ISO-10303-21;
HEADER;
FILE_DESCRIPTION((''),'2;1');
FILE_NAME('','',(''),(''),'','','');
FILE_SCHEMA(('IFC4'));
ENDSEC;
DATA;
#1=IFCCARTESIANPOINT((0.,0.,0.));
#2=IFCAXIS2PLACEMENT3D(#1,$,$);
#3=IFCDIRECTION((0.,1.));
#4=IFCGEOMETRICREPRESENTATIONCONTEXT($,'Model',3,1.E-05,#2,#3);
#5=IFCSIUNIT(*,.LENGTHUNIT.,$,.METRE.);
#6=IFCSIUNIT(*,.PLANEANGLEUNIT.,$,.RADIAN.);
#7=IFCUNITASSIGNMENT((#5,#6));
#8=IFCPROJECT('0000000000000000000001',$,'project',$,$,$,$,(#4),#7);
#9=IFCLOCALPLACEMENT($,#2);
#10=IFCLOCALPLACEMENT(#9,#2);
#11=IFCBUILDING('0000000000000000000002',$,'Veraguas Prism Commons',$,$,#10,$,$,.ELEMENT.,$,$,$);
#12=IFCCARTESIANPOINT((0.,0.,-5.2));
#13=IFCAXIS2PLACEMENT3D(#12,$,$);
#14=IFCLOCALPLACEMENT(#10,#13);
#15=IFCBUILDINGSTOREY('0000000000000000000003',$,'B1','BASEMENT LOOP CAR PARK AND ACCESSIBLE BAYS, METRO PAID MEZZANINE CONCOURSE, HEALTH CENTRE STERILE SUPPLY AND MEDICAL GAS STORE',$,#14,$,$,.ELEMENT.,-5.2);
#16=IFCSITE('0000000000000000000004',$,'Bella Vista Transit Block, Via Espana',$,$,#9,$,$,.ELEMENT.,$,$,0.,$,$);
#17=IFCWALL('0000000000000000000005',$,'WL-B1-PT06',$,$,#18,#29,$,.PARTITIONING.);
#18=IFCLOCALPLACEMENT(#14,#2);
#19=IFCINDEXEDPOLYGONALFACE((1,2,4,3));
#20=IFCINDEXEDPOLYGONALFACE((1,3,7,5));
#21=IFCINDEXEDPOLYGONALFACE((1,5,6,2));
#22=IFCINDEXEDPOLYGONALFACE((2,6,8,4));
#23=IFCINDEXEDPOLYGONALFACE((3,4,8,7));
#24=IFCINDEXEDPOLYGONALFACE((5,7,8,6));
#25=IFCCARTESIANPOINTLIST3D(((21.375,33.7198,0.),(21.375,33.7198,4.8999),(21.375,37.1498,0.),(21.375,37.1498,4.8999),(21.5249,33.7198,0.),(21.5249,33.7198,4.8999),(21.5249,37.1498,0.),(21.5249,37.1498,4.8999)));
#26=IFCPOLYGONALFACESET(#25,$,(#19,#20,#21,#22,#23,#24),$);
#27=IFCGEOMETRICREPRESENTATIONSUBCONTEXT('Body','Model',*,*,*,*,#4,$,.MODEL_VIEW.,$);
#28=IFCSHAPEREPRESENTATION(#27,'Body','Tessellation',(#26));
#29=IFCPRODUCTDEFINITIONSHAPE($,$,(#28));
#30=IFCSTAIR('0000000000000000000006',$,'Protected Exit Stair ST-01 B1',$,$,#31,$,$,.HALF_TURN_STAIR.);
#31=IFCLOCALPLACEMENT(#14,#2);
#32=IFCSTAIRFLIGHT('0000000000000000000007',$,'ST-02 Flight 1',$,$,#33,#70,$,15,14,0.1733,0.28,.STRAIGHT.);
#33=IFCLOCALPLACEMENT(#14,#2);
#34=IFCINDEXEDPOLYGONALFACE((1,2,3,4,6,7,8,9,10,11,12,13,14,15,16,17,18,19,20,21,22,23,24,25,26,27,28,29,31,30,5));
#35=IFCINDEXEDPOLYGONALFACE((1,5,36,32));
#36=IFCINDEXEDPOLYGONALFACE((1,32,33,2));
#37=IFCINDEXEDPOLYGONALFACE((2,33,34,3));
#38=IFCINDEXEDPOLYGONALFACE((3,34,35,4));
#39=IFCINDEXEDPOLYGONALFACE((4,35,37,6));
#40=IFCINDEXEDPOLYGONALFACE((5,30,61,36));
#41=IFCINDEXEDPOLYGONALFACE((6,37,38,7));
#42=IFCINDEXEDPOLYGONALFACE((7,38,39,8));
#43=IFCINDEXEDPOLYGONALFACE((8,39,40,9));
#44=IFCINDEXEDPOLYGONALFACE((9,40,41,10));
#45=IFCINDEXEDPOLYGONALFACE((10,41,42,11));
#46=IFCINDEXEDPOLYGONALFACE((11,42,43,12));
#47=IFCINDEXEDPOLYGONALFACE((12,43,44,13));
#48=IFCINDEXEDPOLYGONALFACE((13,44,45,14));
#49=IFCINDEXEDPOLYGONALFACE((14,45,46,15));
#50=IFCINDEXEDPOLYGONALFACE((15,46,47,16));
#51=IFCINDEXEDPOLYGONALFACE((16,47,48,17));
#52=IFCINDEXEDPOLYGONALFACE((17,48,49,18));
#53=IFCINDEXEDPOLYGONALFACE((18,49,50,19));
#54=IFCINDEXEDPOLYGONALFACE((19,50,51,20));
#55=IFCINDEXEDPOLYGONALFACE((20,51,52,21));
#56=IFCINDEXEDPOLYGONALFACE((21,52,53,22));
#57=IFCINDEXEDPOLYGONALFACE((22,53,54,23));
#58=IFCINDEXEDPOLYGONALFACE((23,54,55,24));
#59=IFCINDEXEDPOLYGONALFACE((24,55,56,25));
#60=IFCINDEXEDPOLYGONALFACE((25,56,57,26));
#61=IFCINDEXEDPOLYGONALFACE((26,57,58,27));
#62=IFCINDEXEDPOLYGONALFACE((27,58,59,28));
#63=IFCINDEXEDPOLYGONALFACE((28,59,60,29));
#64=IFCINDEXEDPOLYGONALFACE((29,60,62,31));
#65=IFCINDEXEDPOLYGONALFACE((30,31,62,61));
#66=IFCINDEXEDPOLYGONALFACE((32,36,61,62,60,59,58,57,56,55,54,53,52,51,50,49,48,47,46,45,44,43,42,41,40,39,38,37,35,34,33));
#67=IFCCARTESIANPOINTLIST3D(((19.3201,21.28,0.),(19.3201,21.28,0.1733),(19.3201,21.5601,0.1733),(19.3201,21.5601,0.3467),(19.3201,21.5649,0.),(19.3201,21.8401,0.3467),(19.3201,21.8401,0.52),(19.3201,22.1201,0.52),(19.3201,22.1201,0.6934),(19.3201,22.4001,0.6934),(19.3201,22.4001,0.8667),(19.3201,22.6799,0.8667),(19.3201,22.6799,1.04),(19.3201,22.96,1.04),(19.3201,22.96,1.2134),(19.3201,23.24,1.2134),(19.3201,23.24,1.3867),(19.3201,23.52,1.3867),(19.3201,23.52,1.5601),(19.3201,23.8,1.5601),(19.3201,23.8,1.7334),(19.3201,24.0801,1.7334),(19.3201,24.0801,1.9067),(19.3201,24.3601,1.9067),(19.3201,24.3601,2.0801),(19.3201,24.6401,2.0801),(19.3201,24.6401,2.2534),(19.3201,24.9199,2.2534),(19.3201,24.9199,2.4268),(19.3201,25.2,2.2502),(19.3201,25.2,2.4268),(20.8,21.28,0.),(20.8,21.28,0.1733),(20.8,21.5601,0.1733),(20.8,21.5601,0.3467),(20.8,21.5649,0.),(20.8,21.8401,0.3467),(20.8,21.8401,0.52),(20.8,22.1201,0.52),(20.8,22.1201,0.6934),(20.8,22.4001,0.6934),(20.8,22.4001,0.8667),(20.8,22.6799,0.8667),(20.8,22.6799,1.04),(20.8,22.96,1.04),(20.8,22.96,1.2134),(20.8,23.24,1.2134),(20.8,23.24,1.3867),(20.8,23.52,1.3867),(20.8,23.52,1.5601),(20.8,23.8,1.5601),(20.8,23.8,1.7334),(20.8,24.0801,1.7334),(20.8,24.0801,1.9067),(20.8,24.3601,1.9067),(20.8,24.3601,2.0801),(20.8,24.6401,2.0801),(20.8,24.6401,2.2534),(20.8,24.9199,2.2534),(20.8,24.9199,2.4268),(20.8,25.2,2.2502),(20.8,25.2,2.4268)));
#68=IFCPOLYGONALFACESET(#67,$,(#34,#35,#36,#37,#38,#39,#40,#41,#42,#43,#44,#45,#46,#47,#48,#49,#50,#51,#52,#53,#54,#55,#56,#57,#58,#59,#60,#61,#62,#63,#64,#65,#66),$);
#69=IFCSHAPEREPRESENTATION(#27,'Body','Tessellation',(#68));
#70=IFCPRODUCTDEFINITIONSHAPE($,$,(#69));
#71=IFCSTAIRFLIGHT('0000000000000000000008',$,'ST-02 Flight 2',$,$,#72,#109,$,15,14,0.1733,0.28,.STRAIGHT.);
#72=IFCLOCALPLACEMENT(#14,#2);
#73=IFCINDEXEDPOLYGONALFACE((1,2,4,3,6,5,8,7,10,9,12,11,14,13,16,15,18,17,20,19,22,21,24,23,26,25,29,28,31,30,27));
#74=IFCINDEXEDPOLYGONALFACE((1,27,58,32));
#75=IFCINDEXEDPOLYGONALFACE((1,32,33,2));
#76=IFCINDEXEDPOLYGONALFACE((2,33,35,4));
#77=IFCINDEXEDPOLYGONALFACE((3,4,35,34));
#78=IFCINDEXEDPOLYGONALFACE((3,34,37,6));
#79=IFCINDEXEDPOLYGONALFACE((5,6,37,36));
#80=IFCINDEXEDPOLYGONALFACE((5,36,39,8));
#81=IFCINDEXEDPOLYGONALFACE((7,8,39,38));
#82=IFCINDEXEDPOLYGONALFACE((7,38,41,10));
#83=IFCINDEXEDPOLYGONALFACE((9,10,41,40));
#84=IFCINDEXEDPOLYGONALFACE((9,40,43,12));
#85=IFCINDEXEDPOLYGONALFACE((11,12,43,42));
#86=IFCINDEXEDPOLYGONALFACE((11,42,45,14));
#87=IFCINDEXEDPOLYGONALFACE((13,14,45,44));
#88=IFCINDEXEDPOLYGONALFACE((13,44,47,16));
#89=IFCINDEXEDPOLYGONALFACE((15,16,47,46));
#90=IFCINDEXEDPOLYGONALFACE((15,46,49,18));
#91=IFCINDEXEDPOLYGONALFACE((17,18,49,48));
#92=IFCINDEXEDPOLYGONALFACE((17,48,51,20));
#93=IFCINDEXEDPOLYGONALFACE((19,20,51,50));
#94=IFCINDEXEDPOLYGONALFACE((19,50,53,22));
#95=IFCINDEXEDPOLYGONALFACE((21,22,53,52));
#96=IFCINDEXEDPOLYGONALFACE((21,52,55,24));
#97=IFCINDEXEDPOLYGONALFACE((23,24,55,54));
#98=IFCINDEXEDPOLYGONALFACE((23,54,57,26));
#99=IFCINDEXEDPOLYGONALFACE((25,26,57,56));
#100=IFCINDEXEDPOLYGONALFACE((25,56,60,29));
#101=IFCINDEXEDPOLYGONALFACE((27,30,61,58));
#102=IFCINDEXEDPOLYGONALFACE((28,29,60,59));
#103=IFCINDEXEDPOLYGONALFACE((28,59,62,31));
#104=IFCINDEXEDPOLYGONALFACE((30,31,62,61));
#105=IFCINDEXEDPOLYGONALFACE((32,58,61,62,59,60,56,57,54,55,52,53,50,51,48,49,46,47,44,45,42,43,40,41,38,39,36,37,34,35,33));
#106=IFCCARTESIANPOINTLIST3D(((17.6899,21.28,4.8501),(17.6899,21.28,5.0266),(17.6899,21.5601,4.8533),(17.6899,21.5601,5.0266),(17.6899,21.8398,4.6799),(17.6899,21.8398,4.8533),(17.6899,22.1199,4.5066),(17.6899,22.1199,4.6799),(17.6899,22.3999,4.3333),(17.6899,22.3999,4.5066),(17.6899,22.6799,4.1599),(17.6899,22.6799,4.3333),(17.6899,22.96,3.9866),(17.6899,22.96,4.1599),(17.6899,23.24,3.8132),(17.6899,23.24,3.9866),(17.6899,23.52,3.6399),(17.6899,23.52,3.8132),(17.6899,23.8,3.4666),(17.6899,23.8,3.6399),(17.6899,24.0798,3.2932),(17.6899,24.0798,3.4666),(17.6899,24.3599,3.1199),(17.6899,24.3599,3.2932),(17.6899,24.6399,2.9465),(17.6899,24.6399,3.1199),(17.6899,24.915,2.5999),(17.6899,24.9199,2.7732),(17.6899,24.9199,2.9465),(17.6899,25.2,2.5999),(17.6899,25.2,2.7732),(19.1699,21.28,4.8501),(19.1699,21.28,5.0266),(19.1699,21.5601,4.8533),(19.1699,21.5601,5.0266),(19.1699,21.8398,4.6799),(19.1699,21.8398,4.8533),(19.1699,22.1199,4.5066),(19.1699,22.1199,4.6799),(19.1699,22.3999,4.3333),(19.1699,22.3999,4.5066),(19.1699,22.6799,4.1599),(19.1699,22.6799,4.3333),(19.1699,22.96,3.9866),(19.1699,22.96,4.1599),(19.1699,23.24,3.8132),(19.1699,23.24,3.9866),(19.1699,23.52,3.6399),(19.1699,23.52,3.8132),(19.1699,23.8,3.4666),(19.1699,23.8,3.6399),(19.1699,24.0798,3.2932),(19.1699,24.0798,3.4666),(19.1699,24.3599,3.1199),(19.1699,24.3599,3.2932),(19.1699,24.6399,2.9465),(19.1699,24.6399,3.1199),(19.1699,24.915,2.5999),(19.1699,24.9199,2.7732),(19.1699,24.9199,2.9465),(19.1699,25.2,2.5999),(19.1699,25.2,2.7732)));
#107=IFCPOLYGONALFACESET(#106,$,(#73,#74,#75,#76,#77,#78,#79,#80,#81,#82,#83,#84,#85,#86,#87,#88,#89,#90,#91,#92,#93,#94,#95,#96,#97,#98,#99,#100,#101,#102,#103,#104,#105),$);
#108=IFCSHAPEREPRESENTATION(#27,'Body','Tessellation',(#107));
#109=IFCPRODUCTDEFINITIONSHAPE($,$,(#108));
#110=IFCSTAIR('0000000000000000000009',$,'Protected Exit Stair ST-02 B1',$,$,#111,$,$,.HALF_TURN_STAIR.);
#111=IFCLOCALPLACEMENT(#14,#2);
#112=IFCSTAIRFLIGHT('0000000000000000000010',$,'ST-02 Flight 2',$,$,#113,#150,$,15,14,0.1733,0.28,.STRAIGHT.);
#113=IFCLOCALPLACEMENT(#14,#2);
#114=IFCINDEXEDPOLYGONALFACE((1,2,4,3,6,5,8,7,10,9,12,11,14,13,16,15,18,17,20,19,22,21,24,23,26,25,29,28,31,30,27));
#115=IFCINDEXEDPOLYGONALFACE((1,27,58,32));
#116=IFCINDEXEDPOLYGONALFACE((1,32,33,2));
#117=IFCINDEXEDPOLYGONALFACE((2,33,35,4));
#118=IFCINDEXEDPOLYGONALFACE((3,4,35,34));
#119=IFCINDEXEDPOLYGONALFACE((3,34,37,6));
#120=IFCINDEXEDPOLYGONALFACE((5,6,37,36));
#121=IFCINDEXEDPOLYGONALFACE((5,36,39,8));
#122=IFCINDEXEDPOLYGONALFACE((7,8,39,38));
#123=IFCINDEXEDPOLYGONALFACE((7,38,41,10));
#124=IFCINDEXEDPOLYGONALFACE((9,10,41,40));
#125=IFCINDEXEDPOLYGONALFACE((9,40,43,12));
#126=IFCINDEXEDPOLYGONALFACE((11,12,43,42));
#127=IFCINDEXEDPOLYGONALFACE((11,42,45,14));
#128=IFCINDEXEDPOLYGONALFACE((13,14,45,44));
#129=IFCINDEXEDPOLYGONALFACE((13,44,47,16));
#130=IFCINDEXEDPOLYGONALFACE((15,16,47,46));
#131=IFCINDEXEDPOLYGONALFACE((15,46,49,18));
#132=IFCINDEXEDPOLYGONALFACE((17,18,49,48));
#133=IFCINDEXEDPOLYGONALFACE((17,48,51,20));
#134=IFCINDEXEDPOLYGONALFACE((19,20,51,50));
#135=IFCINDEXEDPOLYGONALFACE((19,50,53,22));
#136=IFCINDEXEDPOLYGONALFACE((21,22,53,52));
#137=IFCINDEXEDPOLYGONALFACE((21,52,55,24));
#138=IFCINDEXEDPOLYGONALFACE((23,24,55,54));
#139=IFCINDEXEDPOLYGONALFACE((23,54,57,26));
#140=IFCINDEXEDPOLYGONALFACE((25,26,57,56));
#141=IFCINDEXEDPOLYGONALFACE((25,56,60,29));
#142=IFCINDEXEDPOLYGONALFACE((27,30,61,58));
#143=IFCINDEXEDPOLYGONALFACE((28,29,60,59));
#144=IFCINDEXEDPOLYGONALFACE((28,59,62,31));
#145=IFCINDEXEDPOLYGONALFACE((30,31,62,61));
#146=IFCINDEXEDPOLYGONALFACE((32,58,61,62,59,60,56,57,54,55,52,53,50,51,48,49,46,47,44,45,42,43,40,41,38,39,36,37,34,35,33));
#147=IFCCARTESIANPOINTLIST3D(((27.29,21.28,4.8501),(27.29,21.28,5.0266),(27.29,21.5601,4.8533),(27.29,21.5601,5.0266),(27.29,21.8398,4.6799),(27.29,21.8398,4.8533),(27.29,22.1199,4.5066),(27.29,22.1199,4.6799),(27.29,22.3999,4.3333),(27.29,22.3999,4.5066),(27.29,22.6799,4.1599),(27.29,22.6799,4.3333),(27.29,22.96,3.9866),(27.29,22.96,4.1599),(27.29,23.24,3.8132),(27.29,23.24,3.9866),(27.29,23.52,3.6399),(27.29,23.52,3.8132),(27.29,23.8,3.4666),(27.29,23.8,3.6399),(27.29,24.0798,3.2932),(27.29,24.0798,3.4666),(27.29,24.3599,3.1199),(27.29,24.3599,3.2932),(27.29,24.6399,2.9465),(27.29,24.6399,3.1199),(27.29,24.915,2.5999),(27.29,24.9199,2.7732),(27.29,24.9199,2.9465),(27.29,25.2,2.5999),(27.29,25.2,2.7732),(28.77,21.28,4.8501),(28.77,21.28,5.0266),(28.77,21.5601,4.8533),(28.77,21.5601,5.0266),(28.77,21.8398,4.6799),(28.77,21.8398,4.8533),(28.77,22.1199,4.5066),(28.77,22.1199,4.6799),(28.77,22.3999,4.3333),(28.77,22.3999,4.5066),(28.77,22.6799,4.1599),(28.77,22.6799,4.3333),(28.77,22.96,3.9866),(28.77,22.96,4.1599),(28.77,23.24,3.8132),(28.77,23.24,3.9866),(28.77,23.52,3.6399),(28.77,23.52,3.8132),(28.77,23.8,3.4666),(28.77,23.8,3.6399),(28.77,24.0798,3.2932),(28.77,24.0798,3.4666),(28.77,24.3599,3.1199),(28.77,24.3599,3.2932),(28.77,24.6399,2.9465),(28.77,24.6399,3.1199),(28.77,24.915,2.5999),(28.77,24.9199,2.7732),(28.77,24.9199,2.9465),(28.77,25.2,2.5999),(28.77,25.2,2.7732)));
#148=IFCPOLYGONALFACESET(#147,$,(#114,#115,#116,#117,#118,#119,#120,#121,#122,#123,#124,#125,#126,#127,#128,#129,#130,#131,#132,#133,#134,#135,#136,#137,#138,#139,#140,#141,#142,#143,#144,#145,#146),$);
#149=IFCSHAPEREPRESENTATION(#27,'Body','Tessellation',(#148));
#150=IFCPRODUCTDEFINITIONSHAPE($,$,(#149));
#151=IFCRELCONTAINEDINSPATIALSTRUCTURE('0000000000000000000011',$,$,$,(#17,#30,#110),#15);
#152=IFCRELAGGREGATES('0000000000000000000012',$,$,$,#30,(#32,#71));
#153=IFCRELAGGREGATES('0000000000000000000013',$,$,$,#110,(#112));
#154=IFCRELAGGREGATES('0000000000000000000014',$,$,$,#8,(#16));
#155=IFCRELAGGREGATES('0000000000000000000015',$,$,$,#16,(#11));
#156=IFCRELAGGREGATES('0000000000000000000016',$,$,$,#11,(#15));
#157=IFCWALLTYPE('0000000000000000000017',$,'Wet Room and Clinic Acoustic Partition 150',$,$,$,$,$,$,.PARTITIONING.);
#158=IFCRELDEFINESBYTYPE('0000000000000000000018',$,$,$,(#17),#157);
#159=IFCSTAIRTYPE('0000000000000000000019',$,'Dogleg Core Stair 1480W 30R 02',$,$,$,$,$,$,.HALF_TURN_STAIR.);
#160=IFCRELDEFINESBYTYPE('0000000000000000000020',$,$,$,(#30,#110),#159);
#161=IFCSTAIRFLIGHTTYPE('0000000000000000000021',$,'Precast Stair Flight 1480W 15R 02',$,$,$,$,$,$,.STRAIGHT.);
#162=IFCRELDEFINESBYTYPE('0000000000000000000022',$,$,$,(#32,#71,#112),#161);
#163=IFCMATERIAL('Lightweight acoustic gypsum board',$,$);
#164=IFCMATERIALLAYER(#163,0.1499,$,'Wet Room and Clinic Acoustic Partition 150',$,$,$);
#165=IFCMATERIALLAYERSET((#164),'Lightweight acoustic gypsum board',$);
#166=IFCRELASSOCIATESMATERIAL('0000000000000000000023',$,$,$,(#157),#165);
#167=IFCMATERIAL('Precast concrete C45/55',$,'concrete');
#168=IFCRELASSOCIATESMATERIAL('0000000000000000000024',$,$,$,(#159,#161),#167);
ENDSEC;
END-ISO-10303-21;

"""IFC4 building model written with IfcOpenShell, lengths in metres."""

from ifc_helpers import new_model, si_unit, direction, frame, frame_2d, origin, place, context, subcontext, project, spatial, polyline, rectangle, outline, extrude, material, layer, layer_set, type_object, element, aggregate, save


model = new_model("IFC4")

# Units and contexts
model_context = context("Model", 3, precision=1e-05, world=origin(), true_north=direction((0.0, 1.0)))
body_context = subcontext(model_context, "Body", "Model", "MODEL_VIEW")
ifc_project = project(units=[si_unit("LENGTHUNIT", "METRE"), si_unit("PLANEANGLEUNIT", "RADIAN")], contexts=[model_context])

# Site, building, storey
site_placement = place(None, origin())
site = spatial("IfcSite", under=ifc_project, at=site_placement, Name="Bella Vista Transit Block, Via Espana", CompositionType="ELEMENT", RefElevation=0.0)
building_placement = place(site_placement, origin())
building = spatial("IfcBuilding", under=site, at=building_placement, Name="Veraguas Prism Commons", CompositionType="ELEMENT")
storey_placement = place(building_placement, frame((0.0, 0.0, -5.2)))
storey = spatial("IfcBuildingStorey", under=building, at=storey_placement, Name="B1", Description="BASEMENT LOOP CAR PARK AND ACCESSIBLE BAYS, METRO PAID MEZZANINE CONCOURSE, HEALTH CENTRE STERILE SUPPLY AND MEDICAL GAS STORE", CompositionType="ELEMENT", Elevation=-5.2)

# Shared definitions
ifc_material_1 = material(Name="Lightweight acoustic gypsum board")
ifc_layer_1 = layer(ifc_material_1, 0.1499, Name="Wet Room and Clinic Acoustic Partition 150")
ifc_layer_set_1 = layer_set([ifc_layer_1], Name="Lightweight acoustic gypsum board")
wall_type_1 = type_object("IfcWallType", Name="Wet Room and Clinic Acoustic Partition 150", PredefinedType="PARTITIONING", material=ifc_layer_set_1)

# Wall
wall_1_placement = place(storey_placement, frame((21.45, 33.72, 0.0), z_axis=(0.0, 0.0, 1.0), x_axis=(0.0, 1.0, 0.0)))
element("IfcWall", 1, at=wall_1_placement, inside=storey, type_object=wall_type_1, Name="WL-B1-PT06", PredefinedType="PARTITIONING", context=body_context, shape_type="SweptSolid", body=[
    extrude(rectangle(XDim=3.4299, YDim=0.1499, at=frame_2d((1.7148, 0.0))), origin(), (0.0, 0.0, 1.0), 4.8999),
])

# Stair, stair flights
ifc_material_2 = material(Name="Precast concrete C45/55", Category="concrete")
stair_type = type_object("IfcStairType", Name="Dogleg Core Stair 1480W 30R 02", PredefinedType="HALF_TURN_STAIR", material=ifc_material_2)
stair_1_placement = place(storey_placement, origin())
stair_1 = element("IfcStair", 2, at=stair_1_placement, inside=storey, type_object=stair_type, Name="Protected Exit Stair ST-01 B1", PredefinedType="HALF_TURN_STAIR")
stair_flight_type = type_object("IfcStairFlightType", Name="Precast Stair Flight 1480W 15R 02", PredefinedType="STRAIGHT", material=ifc_material_2)
stair_flight_1_placement = place(storey_placement, frame((20.0601, 21.28, 0.0), z_axis=(0.0, 0.0, 1.0), x_axis=(0.0, 1.0, 0.0)))
stair_flight_1 = element("IfcStairFlight", 3, at=stair_flight_1_placement, type_object=stair_flight_type, Name="ST-02 Flight 1", NumberOfRisers=15, NumberOfTreads=14, PredefinedType="STRAIGHT", RiserHeight=0.1733, TreadLength=0.28, context=body_context, shape_type="SweptSolid", body=[
    extrude(outline(polyline([(0.0, 0.0), (0.0, 0.1733), (0.28, 0.1733), (0.28, 0.3467), (0.5601, 0.3467), (0.5601, 0.52), (0.8401, 0.52), (0.8401, 0.6934), (1.1201, 0.6934), (1.1201, 0.8667), (1.3999, 0.8667), (1.3999, 1.04), (1.6799, 1.04), (1.6799, 1.2134), (1.96, 1.2134), (1.96, 1.3867), (2.24, 1.3867), (2.24, 1.5601), (2.52, 1.5601), (2.52, 1.7334), (2.8, 1.7334), (2.8, 1.9067), (3.0801, 1.9067), (3.0801, 2.0801), (3.3601, 2.0801), (3.3601, 2.2534), (3.6399, 2.2534), (3.6399, 2.4268), (3.9199, 2.4268), (3.9199, 2.6001), (3.9199, 2.2502), (0.2849, 0.0), (0.0, 0.0)])), frame((0.0, 0.74, 0.0), z_axis=(0.0, -1.0, 0.0), x_axis=(1.0, 0.0, 0.0)), (0.0, 0.0, 1.0), 1.48),
])
stair_flight_2_placement = place(storey_placement, frame((18.4299, 25.2, 2.5999), z_axis=(0.0, 0.0, 1.0), x_axis=(0.0, -1.0, 0.0)))
stair_flight_2 = element("IfcStairFlight", 4, at=stair_flight_2_placement, type_object=stair_flight_type, Name="ST-02 Flight 2", NumberOfRisers=15, NumberOfTreads=14, PredefinedType="STRAIGHT", RiserHeight=0.1733, TreadLength=0.28, context=body_context, shape_type="SweptSolid", body=[
    extrude(outline(polyline([(0.0, 0.0), (0.0, 0.1733), (0.28, 0.1733), (0.28, 0.3467), (0.5601, 0.3467), (0.5601, 0.52), (0.8401, 0.52), (0.8401, 0.6934), (1.1201, 0.6934), (1.1201, 0.8667), (1.3999, 0.8667), (1.3999, 1.04), (1.6799, 1.04), (1.6799, 1.2134), (1.96, 1.2134), (1.96, 1.3867), (2.24, 1.3867), (2.24, 1.5601), (2.52, 1.5601), (2.52, 1.7334), (2.8, 1.7334), (2.8, 1.9067), (3.0801, 1.9067), (3.0801, 2.0801), (3.3601, 2.0801), (3.3601, 2.2534), (3.6399, 2.2534), (3.6399, 2.4268), (3.9199, 2.4268), (3.9199, 2.6001), (3.9199, 2.2502), (0.2849, 0.0), (0.0, 0.0)])), frame((0.0, 0.74, 0.0), z_axis=(0.0, -1.0, 0.0), x_axis=(1.0, 0.0, 0.0)), (0.0, 0.0, 1.0), 1.48),
])
aggregate(stair_1, [stair_flight_1, stair_flight_2])

# Stair, stair flight
stair_2_placement = place(storey_placement, origin())
stair_2 = element("IfcStair", 5, at=stair_2_placement, inside=storey, type_object=stair_type, Name="Protected Exit Stair ST-02 B1", PredefinedType="HALF_TURN_STAIR")
stair_flight_3_placement = place(storey_placement, frame((28.03, 25.2, 2.5999), z_axis=(0.0, 0.0, 1.0), x_axis=(0.0, -1.0, 0.0)))
stair_flight_3 = element("IfcStairFlight", 6, at=stair_flight_3_placement, type_object=stair_flight_type, Name="ST-02 Flight 2", NumberOfRisers=15, NumberOfTreads=14, PredefinedType="STRAIGHT", RiserHeight=0.1733, TreadLength=0.28, context=body_context, shape_type="SweptSolid", body=[
    extrude(outline(polyline([(0.0, 0.0), (0.0, 0.1733), (0.28, 0.1733), (0.28, 0.3467), (0.5601, 0.3467), (0.5601, 0.52), (0.8401, 0.52), (0.8401, 0.6934), (1.1201, 0.6934), (1.1201, 0.8667), (1.3999, 0.8667), (1.3999, 1.04), (1.6799, 1.04), (1.6799, 1.2134), (1.96, 1.2134), (1.96, 1.3867), (2.24, 1.3867), (2.24, 1.5601), (2.52, 1.5601), (2.52, 1.7334), (2.8, 1.7334), (2.8, 1.9067), (3.0801, 1.9067), (3.0801, 2.0801), (3.3601, 2.0801), (3.3601, 2.2534), (3.6399, 2.2534), (3.6399, 2.4268), (3.9199, 2.4268), (3.9199, 2.6001), (3.9199, 2.2502), (0.2849, 0.0), (0.0, 0.0)])), frame((0.0, 0.74, 0.0), z_axis=(0.0, -1.0, 0.0), x_axis=(1.0, 0.0, 0.0)), (0.0, 0.0, 1.0), 1.48),
])
aggregate(stair_2, [stair_flight_3])

save(model, "model.ifc")
